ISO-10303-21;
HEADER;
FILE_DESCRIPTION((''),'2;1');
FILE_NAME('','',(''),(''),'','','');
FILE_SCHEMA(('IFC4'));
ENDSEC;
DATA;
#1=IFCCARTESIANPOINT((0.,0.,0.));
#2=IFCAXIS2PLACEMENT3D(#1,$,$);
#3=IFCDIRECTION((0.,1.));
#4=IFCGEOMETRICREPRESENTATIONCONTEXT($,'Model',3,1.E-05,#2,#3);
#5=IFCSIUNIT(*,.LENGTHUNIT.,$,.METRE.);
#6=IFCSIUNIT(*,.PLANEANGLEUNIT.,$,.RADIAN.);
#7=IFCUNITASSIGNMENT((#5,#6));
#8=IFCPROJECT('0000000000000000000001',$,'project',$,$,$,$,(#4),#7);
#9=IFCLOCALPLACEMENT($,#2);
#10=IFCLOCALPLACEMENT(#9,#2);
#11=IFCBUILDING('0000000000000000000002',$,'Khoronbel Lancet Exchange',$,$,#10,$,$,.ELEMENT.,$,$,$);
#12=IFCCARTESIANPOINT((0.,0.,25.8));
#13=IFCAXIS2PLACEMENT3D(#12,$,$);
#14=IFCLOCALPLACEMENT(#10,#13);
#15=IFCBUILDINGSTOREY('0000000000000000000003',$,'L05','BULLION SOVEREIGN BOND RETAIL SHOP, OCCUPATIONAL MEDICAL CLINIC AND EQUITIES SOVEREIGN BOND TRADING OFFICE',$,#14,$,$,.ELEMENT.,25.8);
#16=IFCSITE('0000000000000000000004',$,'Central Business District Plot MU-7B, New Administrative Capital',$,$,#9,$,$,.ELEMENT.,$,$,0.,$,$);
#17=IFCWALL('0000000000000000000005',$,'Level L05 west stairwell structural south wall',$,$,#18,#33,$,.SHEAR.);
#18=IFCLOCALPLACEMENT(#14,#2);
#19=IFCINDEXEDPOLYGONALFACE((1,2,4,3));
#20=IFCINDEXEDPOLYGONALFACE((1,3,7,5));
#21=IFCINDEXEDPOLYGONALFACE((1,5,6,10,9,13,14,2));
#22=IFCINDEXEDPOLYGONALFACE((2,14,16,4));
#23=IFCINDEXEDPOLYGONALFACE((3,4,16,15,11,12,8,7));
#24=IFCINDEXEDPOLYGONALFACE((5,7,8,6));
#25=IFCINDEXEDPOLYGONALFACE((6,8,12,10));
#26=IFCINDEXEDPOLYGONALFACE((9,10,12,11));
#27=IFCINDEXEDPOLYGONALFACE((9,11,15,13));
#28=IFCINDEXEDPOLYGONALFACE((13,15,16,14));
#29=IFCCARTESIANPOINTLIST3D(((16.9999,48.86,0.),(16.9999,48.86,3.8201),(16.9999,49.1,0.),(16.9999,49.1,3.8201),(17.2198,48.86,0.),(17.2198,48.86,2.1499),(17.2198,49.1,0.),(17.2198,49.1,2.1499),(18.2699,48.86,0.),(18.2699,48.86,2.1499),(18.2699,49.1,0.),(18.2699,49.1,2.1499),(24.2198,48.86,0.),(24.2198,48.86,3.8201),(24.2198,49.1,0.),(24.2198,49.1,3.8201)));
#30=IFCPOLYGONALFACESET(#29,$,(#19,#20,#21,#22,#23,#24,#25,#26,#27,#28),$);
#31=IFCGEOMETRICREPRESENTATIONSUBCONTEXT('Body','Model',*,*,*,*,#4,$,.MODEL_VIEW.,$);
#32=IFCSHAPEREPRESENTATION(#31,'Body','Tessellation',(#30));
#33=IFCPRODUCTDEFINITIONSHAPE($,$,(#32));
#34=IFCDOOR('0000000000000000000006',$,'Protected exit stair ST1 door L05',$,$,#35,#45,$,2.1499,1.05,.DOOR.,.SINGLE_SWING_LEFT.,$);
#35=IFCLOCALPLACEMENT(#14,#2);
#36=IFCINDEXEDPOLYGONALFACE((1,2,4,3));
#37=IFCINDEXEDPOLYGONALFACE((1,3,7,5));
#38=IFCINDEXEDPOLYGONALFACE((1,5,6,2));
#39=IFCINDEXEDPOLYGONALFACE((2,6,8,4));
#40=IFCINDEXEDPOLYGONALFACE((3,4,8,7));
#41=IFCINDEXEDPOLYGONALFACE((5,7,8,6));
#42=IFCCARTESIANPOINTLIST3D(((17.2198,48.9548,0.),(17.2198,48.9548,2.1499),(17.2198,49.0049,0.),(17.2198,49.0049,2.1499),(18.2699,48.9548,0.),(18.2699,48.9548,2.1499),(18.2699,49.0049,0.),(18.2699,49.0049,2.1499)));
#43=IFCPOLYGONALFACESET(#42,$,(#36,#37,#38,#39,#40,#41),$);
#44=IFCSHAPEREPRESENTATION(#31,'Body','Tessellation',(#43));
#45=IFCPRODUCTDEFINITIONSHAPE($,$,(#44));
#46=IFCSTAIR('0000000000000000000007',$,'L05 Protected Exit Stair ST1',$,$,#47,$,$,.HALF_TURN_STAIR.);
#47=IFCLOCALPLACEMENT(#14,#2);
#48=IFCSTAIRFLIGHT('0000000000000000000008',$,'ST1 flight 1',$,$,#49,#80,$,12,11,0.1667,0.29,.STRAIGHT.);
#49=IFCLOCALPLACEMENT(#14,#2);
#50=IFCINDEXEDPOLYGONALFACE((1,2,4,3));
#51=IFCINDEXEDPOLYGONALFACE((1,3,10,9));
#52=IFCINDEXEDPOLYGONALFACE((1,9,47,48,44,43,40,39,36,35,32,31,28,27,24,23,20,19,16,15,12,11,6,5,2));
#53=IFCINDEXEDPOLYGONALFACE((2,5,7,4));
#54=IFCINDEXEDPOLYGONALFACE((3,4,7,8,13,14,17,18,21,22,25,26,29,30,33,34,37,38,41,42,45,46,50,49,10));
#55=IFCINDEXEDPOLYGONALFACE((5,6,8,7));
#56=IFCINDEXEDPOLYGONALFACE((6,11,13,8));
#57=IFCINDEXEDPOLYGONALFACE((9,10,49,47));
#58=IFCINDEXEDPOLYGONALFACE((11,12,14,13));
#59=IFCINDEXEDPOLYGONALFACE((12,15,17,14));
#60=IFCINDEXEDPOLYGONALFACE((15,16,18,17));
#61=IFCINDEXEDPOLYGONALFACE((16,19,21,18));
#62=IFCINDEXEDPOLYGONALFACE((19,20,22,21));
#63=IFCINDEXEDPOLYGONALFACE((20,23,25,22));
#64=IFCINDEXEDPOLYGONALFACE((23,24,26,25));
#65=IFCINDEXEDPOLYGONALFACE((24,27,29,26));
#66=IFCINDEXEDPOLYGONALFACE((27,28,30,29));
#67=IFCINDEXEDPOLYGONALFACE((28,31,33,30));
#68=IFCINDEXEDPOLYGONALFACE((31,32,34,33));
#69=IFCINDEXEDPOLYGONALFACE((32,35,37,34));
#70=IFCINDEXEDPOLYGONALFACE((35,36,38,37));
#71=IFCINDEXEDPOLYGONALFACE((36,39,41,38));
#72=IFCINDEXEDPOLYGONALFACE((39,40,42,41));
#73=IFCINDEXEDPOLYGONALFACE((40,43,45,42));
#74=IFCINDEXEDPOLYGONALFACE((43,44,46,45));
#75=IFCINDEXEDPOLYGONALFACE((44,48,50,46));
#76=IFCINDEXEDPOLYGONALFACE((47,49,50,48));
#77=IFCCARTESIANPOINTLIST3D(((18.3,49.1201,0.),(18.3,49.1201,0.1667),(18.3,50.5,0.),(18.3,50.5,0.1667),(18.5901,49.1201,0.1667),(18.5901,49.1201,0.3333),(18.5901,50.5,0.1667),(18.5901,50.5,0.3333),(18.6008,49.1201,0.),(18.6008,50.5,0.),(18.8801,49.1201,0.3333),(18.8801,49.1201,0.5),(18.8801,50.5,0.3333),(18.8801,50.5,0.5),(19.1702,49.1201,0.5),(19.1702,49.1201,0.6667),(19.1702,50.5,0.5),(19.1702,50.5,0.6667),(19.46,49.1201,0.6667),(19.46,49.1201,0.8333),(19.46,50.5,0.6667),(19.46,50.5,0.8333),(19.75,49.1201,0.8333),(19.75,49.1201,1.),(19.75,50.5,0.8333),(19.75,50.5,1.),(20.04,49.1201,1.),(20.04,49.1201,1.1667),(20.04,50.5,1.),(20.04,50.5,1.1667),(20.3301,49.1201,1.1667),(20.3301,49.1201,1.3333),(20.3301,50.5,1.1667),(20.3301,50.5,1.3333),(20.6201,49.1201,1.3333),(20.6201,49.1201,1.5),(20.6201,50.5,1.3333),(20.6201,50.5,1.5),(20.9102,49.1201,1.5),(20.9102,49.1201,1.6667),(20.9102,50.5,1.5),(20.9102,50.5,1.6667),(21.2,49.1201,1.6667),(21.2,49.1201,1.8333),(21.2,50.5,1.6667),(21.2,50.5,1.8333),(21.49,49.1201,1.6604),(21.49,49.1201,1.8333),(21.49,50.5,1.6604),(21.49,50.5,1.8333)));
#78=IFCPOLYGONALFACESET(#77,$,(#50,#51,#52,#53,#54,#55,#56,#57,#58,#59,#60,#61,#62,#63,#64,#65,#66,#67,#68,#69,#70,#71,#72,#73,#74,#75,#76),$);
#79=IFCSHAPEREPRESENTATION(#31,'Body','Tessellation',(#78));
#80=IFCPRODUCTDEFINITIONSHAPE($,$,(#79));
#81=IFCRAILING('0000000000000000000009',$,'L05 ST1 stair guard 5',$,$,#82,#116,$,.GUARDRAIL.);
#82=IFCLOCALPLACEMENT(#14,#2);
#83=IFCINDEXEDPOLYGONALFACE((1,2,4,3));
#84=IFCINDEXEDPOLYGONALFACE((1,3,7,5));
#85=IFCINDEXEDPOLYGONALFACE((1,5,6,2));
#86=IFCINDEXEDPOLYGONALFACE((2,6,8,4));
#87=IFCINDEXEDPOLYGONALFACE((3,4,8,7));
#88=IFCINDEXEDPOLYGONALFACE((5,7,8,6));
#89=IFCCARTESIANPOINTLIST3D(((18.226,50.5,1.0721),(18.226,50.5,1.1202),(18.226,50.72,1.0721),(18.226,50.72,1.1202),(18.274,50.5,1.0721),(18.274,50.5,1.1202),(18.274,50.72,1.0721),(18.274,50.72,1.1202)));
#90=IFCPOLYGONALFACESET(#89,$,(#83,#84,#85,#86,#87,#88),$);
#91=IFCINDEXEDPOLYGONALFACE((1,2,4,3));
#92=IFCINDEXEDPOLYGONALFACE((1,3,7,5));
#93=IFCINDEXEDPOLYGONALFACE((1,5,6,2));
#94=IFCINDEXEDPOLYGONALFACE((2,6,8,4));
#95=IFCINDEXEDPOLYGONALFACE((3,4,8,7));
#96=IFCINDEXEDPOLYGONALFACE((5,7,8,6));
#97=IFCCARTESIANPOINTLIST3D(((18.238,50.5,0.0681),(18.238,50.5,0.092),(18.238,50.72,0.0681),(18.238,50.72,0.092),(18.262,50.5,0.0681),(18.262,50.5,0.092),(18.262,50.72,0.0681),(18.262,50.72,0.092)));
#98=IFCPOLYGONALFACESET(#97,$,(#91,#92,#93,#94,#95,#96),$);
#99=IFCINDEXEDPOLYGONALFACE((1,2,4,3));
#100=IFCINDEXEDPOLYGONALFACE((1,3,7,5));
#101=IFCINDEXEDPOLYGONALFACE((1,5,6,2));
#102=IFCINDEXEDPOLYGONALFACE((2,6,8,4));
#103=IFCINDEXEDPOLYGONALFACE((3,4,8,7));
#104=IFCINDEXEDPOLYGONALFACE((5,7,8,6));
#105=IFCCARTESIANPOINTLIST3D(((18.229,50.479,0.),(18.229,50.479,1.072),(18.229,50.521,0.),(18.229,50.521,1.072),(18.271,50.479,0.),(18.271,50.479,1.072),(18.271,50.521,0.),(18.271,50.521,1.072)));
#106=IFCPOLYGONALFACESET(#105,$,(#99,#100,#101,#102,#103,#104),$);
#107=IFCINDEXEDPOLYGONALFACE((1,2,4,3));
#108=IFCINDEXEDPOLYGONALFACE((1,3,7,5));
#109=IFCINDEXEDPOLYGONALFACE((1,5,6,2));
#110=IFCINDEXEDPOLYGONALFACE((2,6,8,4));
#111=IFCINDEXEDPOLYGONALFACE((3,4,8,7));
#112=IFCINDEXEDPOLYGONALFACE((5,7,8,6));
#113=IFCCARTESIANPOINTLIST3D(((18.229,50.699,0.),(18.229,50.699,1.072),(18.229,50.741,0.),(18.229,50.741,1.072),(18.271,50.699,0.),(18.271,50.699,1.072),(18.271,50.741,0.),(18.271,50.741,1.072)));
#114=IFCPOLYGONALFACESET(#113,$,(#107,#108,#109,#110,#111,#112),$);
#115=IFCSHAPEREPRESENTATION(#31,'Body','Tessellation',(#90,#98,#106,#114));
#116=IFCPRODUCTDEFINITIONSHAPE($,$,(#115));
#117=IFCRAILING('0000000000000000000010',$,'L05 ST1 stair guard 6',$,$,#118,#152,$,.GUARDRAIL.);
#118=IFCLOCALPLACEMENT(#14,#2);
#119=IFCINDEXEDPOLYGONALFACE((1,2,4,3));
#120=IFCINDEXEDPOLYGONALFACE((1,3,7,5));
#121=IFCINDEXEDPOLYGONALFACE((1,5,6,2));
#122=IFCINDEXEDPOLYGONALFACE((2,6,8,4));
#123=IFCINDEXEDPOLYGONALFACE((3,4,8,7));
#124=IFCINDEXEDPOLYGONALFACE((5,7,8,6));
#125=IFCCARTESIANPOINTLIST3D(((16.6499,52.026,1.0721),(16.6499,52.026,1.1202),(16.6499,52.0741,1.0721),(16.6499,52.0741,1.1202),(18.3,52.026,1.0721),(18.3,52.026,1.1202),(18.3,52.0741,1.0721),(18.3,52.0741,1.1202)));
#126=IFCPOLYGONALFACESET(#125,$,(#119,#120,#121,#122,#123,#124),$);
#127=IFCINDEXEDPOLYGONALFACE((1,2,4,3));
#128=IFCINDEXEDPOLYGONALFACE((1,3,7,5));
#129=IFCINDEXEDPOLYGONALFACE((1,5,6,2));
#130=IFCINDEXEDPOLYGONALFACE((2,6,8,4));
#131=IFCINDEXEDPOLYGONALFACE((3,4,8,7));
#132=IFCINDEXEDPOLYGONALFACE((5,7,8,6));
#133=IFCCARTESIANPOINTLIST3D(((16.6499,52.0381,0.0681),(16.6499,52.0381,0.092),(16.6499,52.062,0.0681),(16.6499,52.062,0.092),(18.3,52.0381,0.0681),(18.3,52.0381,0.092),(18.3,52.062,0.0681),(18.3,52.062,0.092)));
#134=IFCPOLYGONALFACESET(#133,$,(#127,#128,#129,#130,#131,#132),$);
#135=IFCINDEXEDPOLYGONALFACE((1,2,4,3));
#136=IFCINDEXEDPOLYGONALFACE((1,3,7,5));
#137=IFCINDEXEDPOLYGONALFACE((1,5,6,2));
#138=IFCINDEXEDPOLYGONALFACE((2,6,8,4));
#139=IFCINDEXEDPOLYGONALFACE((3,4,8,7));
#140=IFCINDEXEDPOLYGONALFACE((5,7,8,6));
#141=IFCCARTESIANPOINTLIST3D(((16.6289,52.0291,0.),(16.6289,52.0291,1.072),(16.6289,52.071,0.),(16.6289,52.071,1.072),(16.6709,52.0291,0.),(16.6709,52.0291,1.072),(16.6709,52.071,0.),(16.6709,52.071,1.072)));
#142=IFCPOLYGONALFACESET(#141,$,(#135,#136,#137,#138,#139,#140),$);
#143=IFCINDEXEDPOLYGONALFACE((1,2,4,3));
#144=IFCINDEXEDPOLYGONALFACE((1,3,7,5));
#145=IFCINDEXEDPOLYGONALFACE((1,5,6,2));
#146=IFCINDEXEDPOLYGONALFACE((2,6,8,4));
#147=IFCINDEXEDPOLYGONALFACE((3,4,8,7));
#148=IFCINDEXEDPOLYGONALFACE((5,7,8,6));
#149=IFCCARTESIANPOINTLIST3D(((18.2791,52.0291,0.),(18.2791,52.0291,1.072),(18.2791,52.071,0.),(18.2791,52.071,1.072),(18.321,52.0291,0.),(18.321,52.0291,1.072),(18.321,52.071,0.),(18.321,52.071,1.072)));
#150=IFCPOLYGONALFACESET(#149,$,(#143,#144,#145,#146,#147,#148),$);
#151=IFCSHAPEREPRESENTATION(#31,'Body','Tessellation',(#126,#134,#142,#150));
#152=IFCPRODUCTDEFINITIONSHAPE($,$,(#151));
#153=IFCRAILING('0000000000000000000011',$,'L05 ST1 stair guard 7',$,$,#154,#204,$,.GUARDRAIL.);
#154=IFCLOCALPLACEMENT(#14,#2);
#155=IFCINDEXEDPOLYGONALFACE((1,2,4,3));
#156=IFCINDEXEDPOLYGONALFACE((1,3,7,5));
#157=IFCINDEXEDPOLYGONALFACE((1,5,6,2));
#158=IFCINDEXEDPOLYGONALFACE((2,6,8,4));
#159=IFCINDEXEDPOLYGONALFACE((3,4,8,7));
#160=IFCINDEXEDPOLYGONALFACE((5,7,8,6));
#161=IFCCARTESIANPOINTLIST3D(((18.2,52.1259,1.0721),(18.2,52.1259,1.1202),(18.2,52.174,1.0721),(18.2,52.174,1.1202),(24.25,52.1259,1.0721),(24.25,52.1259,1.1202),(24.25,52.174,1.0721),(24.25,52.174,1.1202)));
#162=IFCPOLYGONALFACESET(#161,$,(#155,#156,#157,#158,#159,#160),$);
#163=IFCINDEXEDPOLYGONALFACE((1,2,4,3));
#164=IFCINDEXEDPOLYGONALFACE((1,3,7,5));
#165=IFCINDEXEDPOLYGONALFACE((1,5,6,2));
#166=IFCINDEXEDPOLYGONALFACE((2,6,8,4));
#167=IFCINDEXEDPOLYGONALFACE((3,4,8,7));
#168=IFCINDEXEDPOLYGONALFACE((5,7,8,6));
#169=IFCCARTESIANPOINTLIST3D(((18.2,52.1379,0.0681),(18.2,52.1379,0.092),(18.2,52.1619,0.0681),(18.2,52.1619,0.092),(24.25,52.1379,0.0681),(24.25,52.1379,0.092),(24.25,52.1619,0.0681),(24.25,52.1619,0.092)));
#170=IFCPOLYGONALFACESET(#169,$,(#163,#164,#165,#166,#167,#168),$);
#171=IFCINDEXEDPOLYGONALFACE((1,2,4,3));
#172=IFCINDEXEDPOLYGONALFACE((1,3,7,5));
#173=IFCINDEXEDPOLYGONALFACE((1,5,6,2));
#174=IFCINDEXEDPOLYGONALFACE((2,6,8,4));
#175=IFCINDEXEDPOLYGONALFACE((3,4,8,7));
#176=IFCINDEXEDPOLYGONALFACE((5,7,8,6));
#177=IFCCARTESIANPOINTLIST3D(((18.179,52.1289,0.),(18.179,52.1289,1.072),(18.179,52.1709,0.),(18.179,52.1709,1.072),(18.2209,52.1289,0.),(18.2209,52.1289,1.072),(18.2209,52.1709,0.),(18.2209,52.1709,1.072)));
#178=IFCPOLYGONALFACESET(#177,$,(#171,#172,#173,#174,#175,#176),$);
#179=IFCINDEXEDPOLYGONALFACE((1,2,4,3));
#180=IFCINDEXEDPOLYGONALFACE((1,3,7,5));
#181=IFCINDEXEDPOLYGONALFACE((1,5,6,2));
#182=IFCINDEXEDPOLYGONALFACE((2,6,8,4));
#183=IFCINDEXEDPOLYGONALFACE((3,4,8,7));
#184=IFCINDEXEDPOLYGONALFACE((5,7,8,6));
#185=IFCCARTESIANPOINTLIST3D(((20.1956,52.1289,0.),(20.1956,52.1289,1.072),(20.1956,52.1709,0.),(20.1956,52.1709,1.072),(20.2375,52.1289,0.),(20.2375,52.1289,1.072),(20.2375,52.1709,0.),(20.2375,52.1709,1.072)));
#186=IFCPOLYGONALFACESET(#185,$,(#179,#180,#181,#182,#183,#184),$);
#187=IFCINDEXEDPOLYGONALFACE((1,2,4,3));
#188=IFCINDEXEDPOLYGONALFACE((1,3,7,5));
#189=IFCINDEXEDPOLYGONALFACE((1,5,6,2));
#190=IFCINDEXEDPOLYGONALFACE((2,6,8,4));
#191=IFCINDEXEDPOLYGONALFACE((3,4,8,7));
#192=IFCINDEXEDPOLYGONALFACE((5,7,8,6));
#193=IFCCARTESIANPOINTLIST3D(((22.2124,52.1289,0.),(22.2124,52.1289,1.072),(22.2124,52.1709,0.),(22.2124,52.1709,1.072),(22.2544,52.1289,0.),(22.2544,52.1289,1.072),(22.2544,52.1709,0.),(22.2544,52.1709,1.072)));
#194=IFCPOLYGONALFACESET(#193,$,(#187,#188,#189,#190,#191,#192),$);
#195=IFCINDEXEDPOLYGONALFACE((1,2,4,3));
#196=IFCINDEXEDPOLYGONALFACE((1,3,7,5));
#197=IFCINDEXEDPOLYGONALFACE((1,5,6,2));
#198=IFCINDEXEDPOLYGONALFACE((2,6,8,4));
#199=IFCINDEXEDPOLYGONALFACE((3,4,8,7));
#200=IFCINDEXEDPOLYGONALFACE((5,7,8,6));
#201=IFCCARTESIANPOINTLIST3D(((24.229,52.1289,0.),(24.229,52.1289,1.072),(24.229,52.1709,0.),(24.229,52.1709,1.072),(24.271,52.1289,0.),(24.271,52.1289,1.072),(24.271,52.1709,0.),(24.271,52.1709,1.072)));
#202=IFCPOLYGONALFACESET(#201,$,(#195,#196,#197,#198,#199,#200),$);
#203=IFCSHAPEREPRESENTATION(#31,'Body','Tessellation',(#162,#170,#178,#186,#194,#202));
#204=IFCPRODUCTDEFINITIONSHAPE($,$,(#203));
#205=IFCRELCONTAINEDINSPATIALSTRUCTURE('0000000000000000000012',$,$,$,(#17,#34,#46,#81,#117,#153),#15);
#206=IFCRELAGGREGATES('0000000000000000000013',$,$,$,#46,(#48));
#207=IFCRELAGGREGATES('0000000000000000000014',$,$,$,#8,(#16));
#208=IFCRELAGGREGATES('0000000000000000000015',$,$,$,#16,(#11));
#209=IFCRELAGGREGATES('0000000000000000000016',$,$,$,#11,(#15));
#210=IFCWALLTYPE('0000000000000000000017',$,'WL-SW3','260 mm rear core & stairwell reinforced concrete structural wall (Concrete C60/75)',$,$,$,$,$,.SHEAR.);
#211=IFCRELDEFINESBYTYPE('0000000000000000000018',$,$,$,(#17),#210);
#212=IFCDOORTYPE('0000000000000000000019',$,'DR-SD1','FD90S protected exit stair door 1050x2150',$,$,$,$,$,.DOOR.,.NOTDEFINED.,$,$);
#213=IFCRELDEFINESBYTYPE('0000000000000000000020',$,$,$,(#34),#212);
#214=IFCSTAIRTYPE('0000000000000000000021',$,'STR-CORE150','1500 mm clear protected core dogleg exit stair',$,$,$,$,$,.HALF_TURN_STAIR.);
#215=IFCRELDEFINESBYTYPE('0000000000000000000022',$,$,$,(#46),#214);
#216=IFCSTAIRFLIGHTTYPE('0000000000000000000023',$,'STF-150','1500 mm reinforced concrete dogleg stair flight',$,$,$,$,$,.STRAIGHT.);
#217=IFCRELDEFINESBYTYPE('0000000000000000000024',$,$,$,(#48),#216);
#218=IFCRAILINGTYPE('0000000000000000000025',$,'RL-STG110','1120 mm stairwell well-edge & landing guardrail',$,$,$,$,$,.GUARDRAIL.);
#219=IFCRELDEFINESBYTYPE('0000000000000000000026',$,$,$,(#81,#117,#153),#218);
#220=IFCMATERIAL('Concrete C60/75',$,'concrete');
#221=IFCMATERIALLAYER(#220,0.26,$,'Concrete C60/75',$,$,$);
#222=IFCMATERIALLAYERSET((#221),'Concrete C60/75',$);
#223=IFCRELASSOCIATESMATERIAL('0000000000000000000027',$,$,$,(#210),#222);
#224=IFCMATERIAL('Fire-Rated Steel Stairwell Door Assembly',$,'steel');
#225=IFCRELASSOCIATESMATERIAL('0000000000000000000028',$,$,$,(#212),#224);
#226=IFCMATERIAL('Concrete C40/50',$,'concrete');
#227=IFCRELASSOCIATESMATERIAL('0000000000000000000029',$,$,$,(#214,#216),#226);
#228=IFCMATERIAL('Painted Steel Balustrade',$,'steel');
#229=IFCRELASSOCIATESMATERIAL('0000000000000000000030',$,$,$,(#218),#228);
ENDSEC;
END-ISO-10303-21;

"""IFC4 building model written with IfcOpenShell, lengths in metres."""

from ifc_helpers import new_model, si_unit, direction, frame, frame_2d, origin, origin_2d, place, context, subcontext, project, spatial, polyline, rectangle, outline, extrude, material, layer, layer_set, type_object, element, fill, aggregate, save


model = new_model("IFC4")

# Units and contexts
model_context = context("Model", 3, precision=1e-05, world=origin(), true_north=direction((0.0, 1.0)))
body_context = subcontext(model_context, "Body", "Model", "MODEL_VIEW")
ifc_project = project(units=[si_unit("LENGTHUNIT", "METRE"), si_unit("PLANEANGLEUNIT", "RADIAN")], contexts=[model_context])

# Site, building, storey
site_placement = place(None, origin())
site = spatial("IfcSite", under=ifc_project, at=site_placement, Name="Central Business District Plot MU-7B, New Administrative Capital", CompositionType="ELEMENT", RefElevation=0.0)
building_placement = place(site_placement, origin())
building = spatial("IfcBuilding", under=site, at=building_placement, Name="Khoronbel Lancet Exchange", CompositionType="ELEMENT")
storey_placement = place(building_placement, frame((0.0, 0.0, 25.8)))
storey = spatial("IfcBuildingStorey", under=building, at=storey_placement, Name="L05", Description="BULLION SOVEREIGN BOND RETAIL SHOP, OCCUPATIONAL MEDICAL CLINIC AND EQUITIES SOVEREIGN BOND TRADING OFFICE", CompositionType="ELEMENT", Elevation=25.8)

# Wall, opening, door
ifc_material_1 = material(Name="Concrete C60/75", Category="concrete")
ifc_layer_1 = layer(ifc_material_1, 0.26, Name="Concrete C60/75")
ifc_layer_set_1 = layer_set([ifc_layer_1], Name="Concrete C60/75")
wall_type_1 = type_object("IfcWallType", Name="WL-SW3", Description="260 mm rear core & stairwell reinforced concrete structural wall (Concrete C60/75)", PredefinedType="SHEAR", material=ifc_layer_set_1)
wall_1_placement = place(storey_placement, frame((17.0, 48.98, 0.0), z_axis=(0.0, 0.0, 1.0), x_axis=(1.0, 0.0, 0.0)))
wall_1 = element("IfcWall", 1, at=wall_1_placement, inside=storey, type_object=wall_type_1, Name="Level L05 west stairwell structural south wall", PredefinedType="SHEAR", context=body_context, shape_type="SweptSolid", body=[
    extrude(rectangle(XDim=7.22, YDim=0.24, at=frame_2d((3.6099, 0.0))), origin(), (0.0, 0.0, 1.0), 3.8201),
])
opening_1_placement = place(wall_1_placement, frame((0.22, 0.0, 0.0)))
opening_1 = element("IfcOpeningElement", 2, at=opening_1_placement, cuts=wall_1, PredefinedType="OPENING", context=body_context, shape_type="SweptSolid", body=[
    extrude(rectangle(XDim=1.05, YDim=2.1499, at=frame_2d((0.5249, 1.075))), frame((0.0, 0.1299, 0.0), z_axis=(0.0, -1.0, 0.0), x_axis=(1.0, 0.0, 0.0)), (0.0, 0.0, 1.0), 0.26),
])
ifc_material_2 = material(Name="Fire-Rated Steel Stairwell Door Assembly", Category="steel")
door_type_1 = type_object("IfcDoorType", Name="DR-SD1", Description="FD90S protected exit stair door 1050x2150", OperationType="NOTDEFINED", PredefinedType="DOOR", material=ifc_material_2)
door_1_placement = place(opening_1_placement, origin())
door_1 = element("IfcDoor", 3, at=door_1_placement, inside=storey, type_object=door_type_1, Name="Protected exit stair ST1 door L05", OperationType="SINGLE_SWING_LEFT", OverallHeight=2.1499, OverallWidth=1.05, PredefinedType="DOOR", context=body_context, shape_type="SweptSolid", body=[
    extrude(rectangle(XDim=1.05, YDim=2.1499, at=frame_2d((0.5249, 1.075))), frame((0.0, 0.0249, 0.0), z_axis=(0.0, -1.0, 0.0), x_axis=(1.0, 0.0, 0.0)), (0.0, 0.0, 1.0), 0.05),
])
fill(opening_1, door_1)

# Stair, stair flight
ifc_material_3 = material(Name="Concrete C40/50", Category="concrete")
stair_type = type_object("IfcStairType", Name="STR-CORE150", Description="1500 mm clear protected core dogleg exit stair", PredefinedType="HALF_TURN_STAIR", material=ifc_material_3)
stair_placement = place(storey_placement, origin())
stair = element("IfcStair", 4, at=stair_placement, inside=storey, type_object=stair_type, Name="L05 Protected Exit Stair ST1", PredefinedType="HALF_TURN_STAIR")
stair_flight_type = type_object("IfcStairFlightType", Name="STF-150", Description="1500 mm reinforced concrete dogleg stair flight", PredefinedType="STRAIGHT", material=ifc_material_3)
stair_flight_placement = place(storey_placement, frame((18.3, 49.8101, 0.0), z_axis=(0.0, 0.0, 1.0), x_axis=(1.0, 0.0, 0.0)))
stair_flight = element("IfcStairFlight", 5, at=stair_flight_placement, type_object=stair_flight_type, Name="ST1 flight 1", NumberOfRisers=12, NumberOfTreads=11, PredefinedType="STRAIGHT", RiserHeight=0.1667, TreadLength=0.29, context=body_context, shape_type="SweptSolid", body=[
    extrude(outline(polyline([(0.0, 0.0), (0.0, 0.1667), (0.29, 0.1667), (0.29, 0.3333), (0.5801, 0.3333), (0.5801, 0.5), (0.8701, 0.5), (0.8701, 0.6667), (1.1599, 0.6667), (1.1599, 0.8333), (1.45, 0.8333), (1.45, 1.0), (1.74, 1.0), (1.74, 1.1667), (2.03, 1.1667), (2.03, 1.3333), (2.3201, 1.3333), (2.3201, 1.5), (2.6101, 1.5), (2.6101, 1.6667), (2.8999, 1.6667), (2.8999, 1.8333), (3.1899, 1.8333), (3.1899, 2.0), (3.1899, 1.6604), (0.3008, 0.0), (0.0, 0.0)])), frame((0.0, 0.6899, 0.0), z_axis=(0.0, -1.0, 0.0), x_axis=(1.0, 0.0, 0.0)), (0.0, 0.0, 1.0), 1.3799),
])
aggregate(stair, [stair_flight])

# Railings
ifc_material_4 = material(Name="Painted Steel Balustrade", Category="steel")
railing_type_1 = type_object("IfcRailingType", Name="RL-STG110", Description="1120 mm stairwell well-edge & landing guardrail", PredefinedType="GUARDRAIL", material=ifc_material_4)
railing_1_placement = place(storey_placement, frame((18.25, 50.5, 0.0)))
element("IfcRailing", 6, at=railing_1_placement, inside=storey, type_object=railing_type_1, Name="L05 ST1 stair guard 5", PredefinedType="GUARDRAIL", context=body_context, shape_type="SweptSolid", body=[
    extrude(rectangle(XDim=0.0481, YDim=0.0481, at=origin_2d()), frame((0.0, 0.0, 1.0962), z_axis=(0.0, 1.0, 0.0), x_axis=(-1.0, 0.0, 0.0)), (0.0, 0.0, 1.0), 0.22),
    extrude(rectangle(XDim=0.0239, YDim=0.0239, at=origin_2d()), frame((0.0, 0.0, 0.0801), z_axis=(0.0, 1.0, 0.0), x_axis=(-1.0, 0.0, 0.0)), (0.0, 0.0, 1.0), 0.22),
    extrude(rectangle(XDim=0.042, YDim=0.042, at=origin_2d()), origin(), (0.0, 0.0, 1.0), 1.072),
    extrude(rectangle(XDim=0.042, YDim=0.042, at=origin_2d()), frame((0.0, 0.22, 0.0)), (0.0, 0.0, 1.0), 1.072),
])
railing_2_placement = place(storey_placement, frame((16.6499, 52.05, 0.0)))
element("IfcRailing", 7, at=railing_2_placement, inside=storey, type_object=railing_type_1, Name="L05 ST1 stair guard 6", PredefinedType="GUARDRAIL", context=body_context, shape_type="SweptSolid", body=[
    extrude(rectangle(XDim=0.0481, YDim=0.0481, at=origin_2d()), frame((0.0, 0.0, 1.0962), z_axis=(1.0, 0.0, 0.0), x_axis=(0.0, 1.0, 0.0)), (0.0, 0.0, 1.0), 1.6501),
    extrude(rectangle(XDim=0.0239, YDim=0.0239, at=origin_2d()), frame((0.0, 0.0, 0.0801), z_axis=(1.0, 0.0, 0.0), x_axis=(0.0, 1.0, 0.0)), (0.0, 0.0, 1.0), 1.6501),
    extrude(rectangle(XDim=0.042, YDim=0.042, at=origin_2d()), origin(), (0.0, 0.0, 1.0), 1.072),
    extrude(rectangle(XDim=0.042, YDim=0.042, at=origin_2d()), frame((1.6501, 0.0, 0.0)), (0.0, 0.0, 1.0), 1.072),
])
railing_3_placement = place(storey_placement, frame((18.2, 52.1499, 0.0)))
element("IfcRailing", 8, at=railing_3_placement, inside=storey, type_object=railing_type_1, Name="L05 ST1 stair guard 7", PredefinedType="GUARDRAIL", context=body_context, shape_type="SweptSolid", body=[
    extrude(rectangle(XDim=0.0481, YDim=0.0481, at=origin_2d()), frame((0.0, 0.0, 1.0962), z_axis=(1.0, 0.0, 0.0), x_axis=(0.0, 1.0, 0.0)), (0.0, 0.0, 1.0), 6.05),
    extrude(rectangle(XDim=0.0239, YDim=0.0239, at=origin_2d()), frame((0.0, 0.0, 0.0801), z_axis=(1.0, 0.0, 0.0), x_axis=(0.0, 1.0, 0.0)), (0.0, 0.0, 1.0), 6.05),
    extrude(rectangle(XDim=0.042, YDim=0.042, at=origin_2d()), origin(), (0.0, 0.0, 1.0), 1.072),
    extrude(rectangle(XDim=0.042, YDim=0.042, at=origin_2d()), frame((2.0166, 0.0, 0.0)), (0.0, 0.0, 1.0), 1.072),
    extrude(rectangle(XDim=0.042, YDim=0.042, at=origin_2d()), frame((4.0334, 0.0, 0.0)), (0.0, 0.0, 1.0), 1.072),
    extrude(rectangle(XDim=0.042, YDim=0.042, at=origin_2d()), frame((6.05, 0.0, 0.0)), (0.0, 0.0, 1.0), 1.072),
])

save(model, "model.ifc")
